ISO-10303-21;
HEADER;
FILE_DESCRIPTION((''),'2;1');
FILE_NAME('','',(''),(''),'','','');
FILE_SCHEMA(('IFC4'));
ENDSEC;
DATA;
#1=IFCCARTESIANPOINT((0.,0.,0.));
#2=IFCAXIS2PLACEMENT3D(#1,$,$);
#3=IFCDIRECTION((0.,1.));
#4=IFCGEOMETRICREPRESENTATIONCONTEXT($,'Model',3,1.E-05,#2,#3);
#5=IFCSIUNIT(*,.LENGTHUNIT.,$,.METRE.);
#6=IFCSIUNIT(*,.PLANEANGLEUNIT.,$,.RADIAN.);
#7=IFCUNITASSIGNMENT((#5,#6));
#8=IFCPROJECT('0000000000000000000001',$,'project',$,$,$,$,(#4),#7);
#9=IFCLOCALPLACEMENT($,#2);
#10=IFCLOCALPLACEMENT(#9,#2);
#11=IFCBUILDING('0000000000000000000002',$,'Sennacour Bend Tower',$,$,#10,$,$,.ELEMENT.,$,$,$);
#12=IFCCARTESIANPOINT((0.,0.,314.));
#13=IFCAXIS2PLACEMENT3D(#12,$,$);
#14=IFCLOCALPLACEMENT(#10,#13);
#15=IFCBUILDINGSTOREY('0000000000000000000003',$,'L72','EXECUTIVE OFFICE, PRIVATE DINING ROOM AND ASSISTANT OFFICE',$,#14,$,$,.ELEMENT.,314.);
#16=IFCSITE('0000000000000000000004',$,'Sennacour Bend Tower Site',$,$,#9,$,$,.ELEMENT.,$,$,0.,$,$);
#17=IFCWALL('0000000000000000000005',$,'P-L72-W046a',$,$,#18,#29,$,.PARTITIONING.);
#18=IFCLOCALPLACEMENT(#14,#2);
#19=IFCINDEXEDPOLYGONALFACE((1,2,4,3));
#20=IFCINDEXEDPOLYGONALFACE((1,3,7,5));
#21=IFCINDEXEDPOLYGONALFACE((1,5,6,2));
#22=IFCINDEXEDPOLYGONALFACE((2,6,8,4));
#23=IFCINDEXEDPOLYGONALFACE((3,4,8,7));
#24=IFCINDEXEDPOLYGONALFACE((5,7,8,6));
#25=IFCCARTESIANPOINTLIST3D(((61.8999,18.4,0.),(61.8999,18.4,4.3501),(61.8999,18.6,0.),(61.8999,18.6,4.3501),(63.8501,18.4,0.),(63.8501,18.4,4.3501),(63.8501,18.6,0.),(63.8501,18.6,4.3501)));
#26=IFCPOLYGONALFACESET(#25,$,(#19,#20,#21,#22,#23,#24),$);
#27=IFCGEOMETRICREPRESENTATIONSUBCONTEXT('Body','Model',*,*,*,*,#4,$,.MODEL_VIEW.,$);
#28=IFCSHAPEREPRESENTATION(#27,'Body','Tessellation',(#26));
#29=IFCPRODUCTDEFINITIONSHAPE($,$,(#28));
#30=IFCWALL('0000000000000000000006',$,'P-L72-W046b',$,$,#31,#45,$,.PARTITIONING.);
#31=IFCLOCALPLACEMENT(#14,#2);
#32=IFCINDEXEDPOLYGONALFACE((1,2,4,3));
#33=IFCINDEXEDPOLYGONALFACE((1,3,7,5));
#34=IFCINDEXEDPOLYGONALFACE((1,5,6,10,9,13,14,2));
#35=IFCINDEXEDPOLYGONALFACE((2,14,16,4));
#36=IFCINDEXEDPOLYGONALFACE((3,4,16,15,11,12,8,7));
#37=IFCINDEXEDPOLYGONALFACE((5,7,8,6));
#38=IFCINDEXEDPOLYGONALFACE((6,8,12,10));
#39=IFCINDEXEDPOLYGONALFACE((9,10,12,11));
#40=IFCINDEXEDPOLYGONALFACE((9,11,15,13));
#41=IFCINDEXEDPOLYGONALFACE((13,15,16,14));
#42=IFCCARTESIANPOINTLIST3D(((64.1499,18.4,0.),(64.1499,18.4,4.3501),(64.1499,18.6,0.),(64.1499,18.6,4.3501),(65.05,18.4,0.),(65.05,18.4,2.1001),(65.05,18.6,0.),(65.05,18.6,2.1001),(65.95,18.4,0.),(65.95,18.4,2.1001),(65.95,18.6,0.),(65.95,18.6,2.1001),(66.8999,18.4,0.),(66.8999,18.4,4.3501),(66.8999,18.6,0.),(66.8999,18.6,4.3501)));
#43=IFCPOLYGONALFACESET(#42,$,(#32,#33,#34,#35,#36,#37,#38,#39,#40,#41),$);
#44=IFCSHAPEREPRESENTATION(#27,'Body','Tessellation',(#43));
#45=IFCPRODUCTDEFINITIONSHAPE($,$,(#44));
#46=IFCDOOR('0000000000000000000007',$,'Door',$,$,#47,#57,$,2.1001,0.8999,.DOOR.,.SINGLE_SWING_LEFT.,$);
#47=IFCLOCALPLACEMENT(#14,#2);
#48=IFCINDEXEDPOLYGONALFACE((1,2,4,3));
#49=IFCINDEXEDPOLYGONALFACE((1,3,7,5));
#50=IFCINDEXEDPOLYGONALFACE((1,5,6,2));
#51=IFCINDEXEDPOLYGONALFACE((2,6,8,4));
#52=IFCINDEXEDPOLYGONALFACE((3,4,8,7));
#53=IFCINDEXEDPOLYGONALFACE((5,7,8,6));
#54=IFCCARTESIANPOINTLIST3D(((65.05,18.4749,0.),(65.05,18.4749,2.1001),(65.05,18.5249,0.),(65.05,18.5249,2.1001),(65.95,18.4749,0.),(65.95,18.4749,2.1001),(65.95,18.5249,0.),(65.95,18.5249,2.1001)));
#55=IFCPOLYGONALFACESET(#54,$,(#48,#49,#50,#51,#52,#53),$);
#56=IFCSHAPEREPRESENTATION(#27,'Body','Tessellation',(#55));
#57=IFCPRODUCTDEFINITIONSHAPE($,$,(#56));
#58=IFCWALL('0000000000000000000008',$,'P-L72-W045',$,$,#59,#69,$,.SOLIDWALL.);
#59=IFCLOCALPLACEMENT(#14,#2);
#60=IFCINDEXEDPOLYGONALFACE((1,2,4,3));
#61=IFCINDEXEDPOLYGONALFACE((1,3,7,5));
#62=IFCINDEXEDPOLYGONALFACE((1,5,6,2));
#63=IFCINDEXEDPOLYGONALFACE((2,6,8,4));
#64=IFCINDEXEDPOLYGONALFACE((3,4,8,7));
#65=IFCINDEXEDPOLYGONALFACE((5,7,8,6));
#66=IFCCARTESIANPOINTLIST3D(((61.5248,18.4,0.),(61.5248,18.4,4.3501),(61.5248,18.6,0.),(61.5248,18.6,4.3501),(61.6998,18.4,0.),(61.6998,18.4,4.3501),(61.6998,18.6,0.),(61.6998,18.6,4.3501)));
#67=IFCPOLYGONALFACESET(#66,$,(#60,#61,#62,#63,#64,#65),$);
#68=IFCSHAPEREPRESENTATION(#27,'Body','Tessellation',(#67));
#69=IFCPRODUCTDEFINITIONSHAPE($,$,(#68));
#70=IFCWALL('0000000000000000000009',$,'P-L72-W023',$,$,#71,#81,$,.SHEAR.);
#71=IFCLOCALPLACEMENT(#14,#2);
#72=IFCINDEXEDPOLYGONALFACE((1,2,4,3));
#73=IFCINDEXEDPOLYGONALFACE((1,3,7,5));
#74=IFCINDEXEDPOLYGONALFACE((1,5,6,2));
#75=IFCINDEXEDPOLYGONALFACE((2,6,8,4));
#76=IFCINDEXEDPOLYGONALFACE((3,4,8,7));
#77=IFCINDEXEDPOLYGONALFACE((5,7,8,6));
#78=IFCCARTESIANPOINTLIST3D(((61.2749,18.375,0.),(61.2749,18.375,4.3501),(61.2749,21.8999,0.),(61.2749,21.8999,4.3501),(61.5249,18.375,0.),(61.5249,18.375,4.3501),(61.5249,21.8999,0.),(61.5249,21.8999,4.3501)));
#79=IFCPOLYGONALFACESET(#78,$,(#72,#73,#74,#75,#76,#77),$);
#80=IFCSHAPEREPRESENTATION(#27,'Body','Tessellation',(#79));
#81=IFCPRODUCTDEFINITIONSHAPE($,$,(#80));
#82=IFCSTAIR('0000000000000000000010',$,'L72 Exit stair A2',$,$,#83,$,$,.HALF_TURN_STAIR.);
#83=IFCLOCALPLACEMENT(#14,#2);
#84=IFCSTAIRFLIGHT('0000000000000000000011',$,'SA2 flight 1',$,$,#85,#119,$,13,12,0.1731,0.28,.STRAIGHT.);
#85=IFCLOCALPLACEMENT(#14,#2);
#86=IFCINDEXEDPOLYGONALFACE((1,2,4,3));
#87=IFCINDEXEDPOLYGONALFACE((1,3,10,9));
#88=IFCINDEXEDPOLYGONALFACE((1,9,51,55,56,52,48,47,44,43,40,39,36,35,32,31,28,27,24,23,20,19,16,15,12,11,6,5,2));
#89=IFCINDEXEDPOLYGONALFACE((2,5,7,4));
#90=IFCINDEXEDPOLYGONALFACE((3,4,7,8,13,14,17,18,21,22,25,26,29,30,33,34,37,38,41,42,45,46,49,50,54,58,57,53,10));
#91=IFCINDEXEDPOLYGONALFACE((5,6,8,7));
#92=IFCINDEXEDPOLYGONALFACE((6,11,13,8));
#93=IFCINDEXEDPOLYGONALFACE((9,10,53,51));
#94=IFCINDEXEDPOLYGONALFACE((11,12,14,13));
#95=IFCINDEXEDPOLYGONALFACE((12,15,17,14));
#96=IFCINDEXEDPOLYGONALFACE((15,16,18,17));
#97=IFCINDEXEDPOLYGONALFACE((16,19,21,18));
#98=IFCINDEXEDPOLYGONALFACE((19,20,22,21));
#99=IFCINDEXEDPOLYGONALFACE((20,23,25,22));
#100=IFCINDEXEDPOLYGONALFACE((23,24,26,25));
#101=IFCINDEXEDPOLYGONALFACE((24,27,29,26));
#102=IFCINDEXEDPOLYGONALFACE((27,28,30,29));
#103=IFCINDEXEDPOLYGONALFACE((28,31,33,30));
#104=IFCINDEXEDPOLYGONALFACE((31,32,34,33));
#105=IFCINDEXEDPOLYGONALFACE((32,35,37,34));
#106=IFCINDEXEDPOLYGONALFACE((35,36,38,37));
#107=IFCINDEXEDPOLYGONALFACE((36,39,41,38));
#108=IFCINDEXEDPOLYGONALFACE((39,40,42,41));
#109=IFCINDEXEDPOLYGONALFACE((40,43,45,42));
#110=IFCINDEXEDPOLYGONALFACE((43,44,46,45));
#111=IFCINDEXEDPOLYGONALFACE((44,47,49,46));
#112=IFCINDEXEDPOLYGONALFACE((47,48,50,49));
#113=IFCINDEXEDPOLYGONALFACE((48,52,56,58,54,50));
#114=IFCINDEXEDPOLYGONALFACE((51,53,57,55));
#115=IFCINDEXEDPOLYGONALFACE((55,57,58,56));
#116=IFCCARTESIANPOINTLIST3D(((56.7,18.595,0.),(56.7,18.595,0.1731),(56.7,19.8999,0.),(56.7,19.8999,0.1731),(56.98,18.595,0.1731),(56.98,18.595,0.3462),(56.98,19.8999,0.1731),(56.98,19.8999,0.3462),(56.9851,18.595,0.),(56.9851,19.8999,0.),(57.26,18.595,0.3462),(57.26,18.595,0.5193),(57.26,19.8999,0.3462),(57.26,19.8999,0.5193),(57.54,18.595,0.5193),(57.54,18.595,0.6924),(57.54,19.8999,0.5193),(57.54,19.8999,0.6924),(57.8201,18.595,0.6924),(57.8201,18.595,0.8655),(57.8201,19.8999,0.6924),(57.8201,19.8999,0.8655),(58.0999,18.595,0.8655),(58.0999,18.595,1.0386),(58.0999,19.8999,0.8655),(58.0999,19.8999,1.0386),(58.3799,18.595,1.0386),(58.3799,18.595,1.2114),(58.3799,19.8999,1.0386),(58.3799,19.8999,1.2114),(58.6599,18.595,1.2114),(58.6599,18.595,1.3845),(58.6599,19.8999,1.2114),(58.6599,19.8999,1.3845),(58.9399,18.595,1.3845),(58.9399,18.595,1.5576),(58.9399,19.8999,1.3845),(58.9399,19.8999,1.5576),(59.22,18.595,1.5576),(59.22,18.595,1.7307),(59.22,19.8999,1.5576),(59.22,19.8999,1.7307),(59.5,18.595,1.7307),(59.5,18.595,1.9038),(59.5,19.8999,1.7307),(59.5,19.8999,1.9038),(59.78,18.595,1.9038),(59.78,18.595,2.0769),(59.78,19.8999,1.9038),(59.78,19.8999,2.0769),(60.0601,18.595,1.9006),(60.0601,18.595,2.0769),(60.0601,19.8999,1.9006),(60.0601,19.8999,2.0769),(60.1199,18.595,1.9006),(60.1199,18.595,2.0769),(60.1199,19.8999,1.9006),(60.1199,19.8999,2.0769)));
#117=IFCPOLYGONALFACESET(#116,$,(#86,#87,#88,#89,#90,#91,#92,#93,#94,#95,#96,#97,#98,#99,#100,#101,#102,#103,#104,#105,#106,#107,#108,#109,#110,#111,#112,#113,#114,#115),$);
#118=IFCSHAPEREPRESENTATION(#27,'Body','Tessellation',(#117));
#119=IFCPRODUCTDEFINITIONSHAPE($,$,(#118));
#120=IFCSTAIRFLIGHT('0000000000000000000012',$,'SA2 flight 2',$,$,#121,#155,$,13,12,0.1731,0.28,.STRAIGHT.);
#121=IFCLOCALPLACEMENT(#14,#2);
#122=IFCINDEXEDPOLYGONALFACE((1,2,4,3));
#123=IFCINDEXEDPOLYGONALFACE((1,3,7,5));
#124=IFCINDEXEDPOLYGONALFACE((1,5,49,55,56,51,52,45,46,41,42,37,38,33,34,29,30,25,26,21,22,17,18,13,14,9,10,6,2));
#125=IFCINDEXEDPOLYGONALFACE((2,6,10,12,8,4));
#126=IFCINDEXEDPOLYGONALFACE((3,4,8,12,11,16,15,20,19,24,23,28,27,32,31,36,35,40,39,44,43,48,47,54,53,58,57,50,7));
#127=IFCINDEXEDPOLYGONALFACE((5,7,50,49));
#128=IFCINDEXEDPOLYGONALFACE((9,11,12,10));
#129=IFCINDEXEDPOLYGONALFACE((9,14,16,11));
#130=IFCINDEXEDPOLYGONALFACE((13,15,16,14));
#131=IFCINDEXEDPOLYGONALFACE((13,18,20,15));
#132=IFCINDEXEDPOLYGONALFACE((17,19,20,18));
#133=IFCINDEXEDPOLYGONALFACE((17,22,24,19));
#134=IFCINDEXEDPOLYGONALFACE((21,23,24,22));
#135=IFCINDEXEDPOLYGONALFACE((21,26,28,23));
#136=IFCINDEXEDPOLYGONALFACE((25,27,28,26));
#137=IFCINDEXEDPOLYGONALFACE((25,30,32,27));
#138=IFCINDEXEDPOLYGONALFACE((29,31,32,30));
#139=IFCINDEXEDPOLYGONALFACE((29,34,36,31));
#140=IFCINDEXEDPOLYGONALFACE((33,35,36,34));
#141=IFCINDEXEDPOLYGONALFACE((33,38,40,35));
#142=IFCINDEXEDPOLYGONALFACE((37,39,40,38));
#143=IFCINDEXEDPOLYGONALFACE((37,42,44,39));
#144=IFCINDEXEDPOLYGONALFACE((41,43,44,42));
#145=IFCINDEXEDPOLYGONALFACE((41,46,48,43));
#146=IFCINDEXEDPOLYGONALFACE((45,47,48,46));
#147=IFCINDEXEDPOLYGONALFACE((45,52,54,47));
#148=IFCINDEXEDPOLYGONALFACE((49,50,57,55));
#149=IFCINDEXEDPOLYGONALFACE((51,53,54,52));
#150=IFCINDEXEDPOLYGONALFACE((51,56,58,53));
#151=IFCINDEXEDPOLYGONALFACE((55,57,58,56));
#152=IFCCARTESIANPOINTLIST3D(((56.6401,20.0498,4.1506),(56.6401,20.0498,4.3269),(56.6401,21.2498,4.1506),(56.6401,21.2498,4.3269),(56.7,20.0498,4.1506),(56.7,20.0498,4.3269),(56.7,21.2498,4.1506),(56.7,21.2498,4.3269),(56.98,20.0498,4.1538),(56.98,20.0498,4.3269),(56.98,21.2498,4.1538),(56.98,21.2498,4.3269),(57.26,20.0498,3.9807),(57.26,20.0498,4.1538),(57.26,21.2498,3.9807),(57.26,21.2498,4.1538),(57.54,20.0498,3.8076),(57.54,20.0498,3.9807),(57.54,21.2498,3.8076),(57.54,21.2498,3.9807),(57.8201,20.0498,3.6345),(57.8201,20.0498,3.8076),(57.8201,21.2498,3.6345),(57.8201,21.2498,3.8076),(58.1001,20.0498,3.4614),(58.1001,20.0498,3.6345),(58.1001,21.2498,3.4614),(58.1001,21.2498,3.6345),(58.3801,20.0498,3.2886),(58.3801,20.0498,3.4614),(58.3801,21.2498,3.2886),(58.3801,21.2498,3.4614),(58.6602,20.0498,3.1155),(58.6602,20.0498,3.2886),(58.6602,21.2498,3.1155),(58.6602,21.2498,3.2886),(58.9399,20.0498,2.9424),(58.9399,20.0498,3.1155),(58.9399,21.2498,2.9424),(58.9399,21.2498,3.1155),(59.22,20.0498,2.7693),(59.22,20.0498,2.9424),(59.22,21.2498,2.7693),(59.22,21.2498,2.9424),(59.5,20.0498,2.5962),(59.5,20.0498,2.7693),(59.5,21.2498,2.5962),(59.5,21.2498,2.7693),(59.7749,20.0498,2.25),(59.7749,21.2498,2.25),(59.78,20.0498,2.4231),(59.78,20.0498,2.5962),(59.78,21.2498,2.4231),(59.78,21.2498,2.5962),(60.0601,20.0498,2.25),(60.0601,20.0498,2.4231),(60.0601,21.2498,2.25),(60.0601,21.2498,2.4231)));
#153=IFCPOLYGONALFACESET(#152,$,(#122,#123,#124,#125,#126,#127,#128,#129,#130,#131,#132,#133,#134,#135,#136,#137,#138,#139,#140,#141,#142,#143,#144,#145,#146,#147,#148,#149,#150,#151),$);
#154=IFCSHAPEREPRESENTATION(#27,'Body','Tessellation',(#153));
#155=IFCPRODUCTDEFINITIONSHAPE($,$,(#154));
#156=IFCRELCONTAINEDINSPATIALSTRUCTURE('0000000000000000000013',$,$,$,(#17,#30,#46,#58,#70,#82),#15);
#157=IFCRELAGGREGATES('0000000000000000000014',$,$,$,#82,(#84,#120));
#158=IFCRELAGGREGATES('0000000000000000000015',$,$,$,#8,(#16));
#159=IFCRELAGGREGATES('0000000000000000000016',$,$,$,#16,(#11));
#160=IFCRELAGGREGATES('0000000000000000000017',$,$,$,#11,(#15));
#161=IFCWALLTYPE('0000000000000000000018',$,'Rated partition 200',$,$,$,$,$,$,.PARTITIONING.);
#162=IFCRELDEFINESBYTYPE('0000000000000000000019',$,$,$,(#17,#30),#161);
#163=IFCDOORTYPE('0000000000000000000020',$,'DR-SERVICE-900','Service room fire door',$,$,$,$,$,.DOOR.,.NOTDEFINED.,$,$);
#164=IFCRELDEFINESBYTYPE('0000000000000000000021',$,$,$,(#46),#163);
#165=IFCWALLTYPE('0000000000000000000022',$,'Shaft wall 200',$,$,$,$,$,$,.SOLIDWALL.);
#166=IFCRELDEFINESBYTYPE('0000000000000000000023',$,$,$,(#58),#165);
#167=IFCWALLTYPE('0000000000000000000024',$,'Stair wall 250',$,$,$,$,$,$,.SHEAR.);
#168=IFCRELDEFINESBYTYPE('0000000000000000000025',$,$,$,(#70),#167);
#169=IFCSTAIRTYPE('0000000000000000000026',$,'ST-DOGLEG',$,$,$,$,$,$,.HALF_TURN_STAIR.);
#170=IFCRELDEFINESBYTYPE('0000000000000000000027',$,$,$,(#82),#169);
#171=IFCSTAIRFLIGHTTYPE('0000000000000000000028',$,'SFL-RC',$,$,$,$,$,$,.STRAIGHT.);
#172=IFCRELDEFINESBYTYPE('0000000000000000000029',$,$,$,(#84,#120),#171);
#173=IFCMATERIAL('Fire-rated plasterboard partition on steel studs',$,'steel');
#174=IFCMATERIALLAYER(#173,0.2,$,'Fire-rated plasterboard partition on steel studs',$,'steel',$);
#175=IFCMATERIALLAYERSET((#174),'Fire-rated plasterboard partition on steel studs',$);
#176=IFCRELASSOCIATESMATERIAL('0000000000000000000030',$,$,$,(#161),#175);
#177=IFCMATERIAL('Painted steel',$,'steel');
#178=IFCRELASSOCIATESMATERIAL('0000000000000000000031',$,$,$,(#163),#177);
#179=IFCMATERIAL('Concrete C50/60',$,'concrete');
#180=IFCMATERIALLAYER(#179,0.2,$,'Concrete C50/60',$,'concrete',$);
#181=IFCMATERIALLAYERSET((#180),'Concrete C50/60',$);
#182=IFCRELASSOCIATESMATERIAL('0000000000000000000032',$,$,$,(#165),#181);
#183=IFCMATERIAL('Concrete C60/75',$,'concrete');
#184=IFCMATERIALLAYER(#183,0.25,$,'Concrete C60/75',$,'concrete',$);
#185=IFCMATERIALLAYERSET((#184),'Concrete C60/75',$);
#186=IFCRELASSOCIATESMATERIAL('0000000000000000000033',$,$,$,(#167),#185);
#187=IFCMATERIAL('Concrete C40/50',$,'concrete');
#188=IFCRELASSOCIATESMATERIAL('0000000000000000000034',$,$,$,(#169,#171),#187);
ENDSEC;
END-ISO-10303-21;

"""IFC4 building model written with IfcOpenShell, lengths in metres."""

from ifc_helpers import new_model, si_unit, direction, frame, frame_2d, origin, place, context, subcontext, project, spatial, polyline, rectangle, outline, extrude, material, layer, layer_set, type_object, element, fill, aggregate, save


model = new_model("IFC4")

# Units and contexts
model_context = context("Model", 3, precision=1e-05, world=origin(), true_north=direction((0.0, 1.0)))
body_context = subcontext(model_context, "Body", "Model", "MODEL_VIEW")
ifc_project = project(units=[si_unit("LENGTHUNIT", "METRE"), si_unit("PLANEANGLEUNIT", "RADIAN")], contexts=[model_context])

# Site, building, storey
site_placement = place(None, origin())
site = spatial("IfcSite", under=ifc_project, at=site_placement, Name="Sennacour Bend Tower Site", CompositionType="ELEMENT", RefElevation=0.0)
building_placement = place(site_placement, origin())
building = spatial("IfcBuilding", under=site, at=building_placement, Name="Sennacour Bend Tower", CompositionType="ELEMENT")
storey_placement = place(building_placement, frame((0.0, 0.0, 314.0)))
storey = spatial("IfcBuildingStorey", under=building, at=storey_placement, Name="L72", Description="EXECUTIVE OFFICE, PRIVATE DINING ROOM AND ASSISTANT OFFICE", CompositionType="ELEMENT", Elevation=314.0)

# Wall
ifc_material_1 = material(Name="Fire-rated plasterboard partition on steel studs", Category="steel")
ifc_layer_1 = layer(ifc_material_1, 0.2, Name="Fire-rated plasterboard partition on steel studs", Category="steel")
ifc_layer_set_1 = layer_set([ifc_layer_1], Name="Fire-rated plasterboard partition on steel studs")
wall_type_1 = type_object("IfcWallType", Name="Rated partition 200", PredefinedType="PARTITIONING", material=ifc_layer_set_1)
wall_1_placement = place(storey_placement, frame((61.8999, 18.5, 0.0), z_axis=(0.0, 0.0, 1.0), x_axis=(1.0, 0.0, 0.0)))
element("IfcWall", 1, at=wall_1_placement, inside=storey, type_object=wall_type_1, Name="P-L72-W046a", PredefinedType="PARTITIONING", context=body_context, shape_type="SweptSolid", body=[
    extrude(rectangle(XDim=1.9502, YDim=0.2, at=frame_2d((0.9751, 0.0))), origin(), (0.0, 0.0, 1.0), 4.3501),
])

# Wall, opening, door
wall_2_placement = place(storey_placement, frame((64.1499, 18.5, 0.0), z_axis=(0.0, 0.0, 1.0), x_axis=(1.0, 0.0, 0.0)))
wall_2 = element("IfcWall", 2, at=wall_2_placement, inside=storey, type_object=wall_type_1, Name="P-L72-W046b", PredefinedType="PARTITIONING", context=body_context, shape_type="SweptSolid", body=[
    extrude(rectangle(XDim=2.75, YDim=0.2, at=frame_2d((1.375, 0.0))), origin(), (0.0, 0.0, 1.0), 4.3501),
])
opening_placement = place(wall_2_placement, frame((0.9001, 0.0, 0.0)))
opening = element("IfcOpeningElement", 3, at=opening_placement, cuts=wall_2, PredefinedType="OPENING", context=body_context, shape_type="SweptSolid", body=[
    extrude(rectangle(XDim=0.8999, YDim=2.1001, at=frame_2d((0.45, 1.05))), frame((0.0, 0.1099, 0.0), z_axis=(0.0, -1.0, 0.0), x_axis=(1.0, 0.0, 0.0)), (0.0, 0.0, 1.0), 0.22),
])
ifc_material_2 = material(Name="Painted steel", Category="steel")
door_type = type_object("IfcDoorType", Name="DR-SERVICE-900", Description="Service room fire door", OperationType="NOTDEFINED", PredefinedType="DOOR", material=ifc_material_2)
door_placement = place(opening_placement, origin())
door = element("IfcDoor", 4, at=door_placement, inside=storey, type_object=door_type, Name="Door", OperationType="SINGLE_SWING_LEFT", OverallHeight=2.1001, OverallWidth=0.8999, PredefinedType="DOOR", context=body_context, shape_type="SweptSolid", body=[
    extrude(rectangle(XDim=0.8999, YDim=2.1001, at=frame_2d((0.45, 1.05))), frame((0.0, 0.0249, 0.0), z_axis=(0.0, -1.0, 0.0), x_axis=(1.0, 0.0, 0.0)), (0.0, 0.0, 1.0), 0.05),
])
fill(opening, door)

# Walls
ifc_material_3 = material(Name="Concrete C50/60", Category="concrete")
ifc_layer_2 = layer(ifc_material_3, 0.2, Name="Concrete C50/60", Category="concrete")
ifc_layer_set_2 = layer_set([ifc_layer_2], Name="Concrete C50/60")
wall_type_2 = type_object("IfcWallType", Name="Shaft wall 200", PredefinedType="SOLIDWALL", material=ifc_layer_set_2)
wall_3_placement = place(storey_placement, frame((61.5249, 18.5, 0.0), z_axis=(0.0, 0.0, 1.0), x_axis=(1.0, 0.0, 0.0)))
element("IfcWall", 5, at=wall_3_placement, inside=storey, type_object=wall_type_2, Name="P-L72-W045", PredefinedType="SOLIDWALL", context=body_context, shape_type="SweptSolid", body=[
    extrude(rectangle(XDim=0.175, YDim=0.2, at=frame_2d((0.0874, 0.0))), origin(), (0.0, 0.0, 1.0), 4.3501),
])
ifc_material_4 = material(Name="Concrete C60/75", Category="concrete")
ifc_layer_3 = layer(ifc_material_4, 0.25, Name="Concrete C60/75", Category="concrete")
ifc_layer_set_3 = layer_set([ifc_layer_3], Name="Concrete C60/75")
wall_type_3 = type_object("IfcWallType", Name="Stair wall 250", PredefinedType="SHEAR", material=ifc_layer_set_3)
wall_4_placement = place(storey_placement, frame((61.3999, 18.375, 0.0), z_axis=(0.0, 0.0, 1.0), x_axis=(0.0, 1.0, 0.0)))
element("IfcWall", 6, at=wall_4_placement, inside=storey, type_object=wall_type_3, Name="P-L72-W023", PredefinedType="SHEAR", context=body_context, shape_type="SweptSolid", body=[
    extrude(rectangle(XDim=3.5249, YDim=0.25, at=frame_2d((1.7625, 0.0))), origin(), (0.0, 0.0, 1.0), 4.3501),
])

# Stair, stair flights
ifc_material_5 = material(Name="Concrete C40/50", Category="concrete")
stair_type = type_object("IfcStairType", Name="ST-DOGLEG", PredefinedType="HALF_TURN_STAIR", material=ifc_material_5)
stair_placement = place(storey_placement, origin())
stair = element("IfcStair", 7, at=stair_placement, inside=storey, type_object=stair_type, Name="L72 Exit stair A2", PredefinedType="HALF_TURN_STAIR")
stair_flight_type = type_object("IfcStairFlightType", Name="SFL-RC", PredefinedType="STRAIGHT", material=ifc_material_5)
stair_flight_1_placement = place(storey_placement, frame((56.7, 19.2476, 0.0), z_axis=(0.0, 0.0, 1.0), x_axis=(1.0, 0.0, 0.0)))
stair_flight_1 = element("IfcStairFlight", 8, at=stair_flight_1_placement, type_object=stair_flight_type, Name="SA2 flight 1", NumberOfRisers=13, NumberOfTreads=12, PredefinedType="STRAIGHT", RiserHeight=0.1731, TreadLength=0.28, context=body_context, shape_type="SweptSolid", body=[
    extrude(outline(polyline([(0.0, 0.0), (0.0, 0.1731), (0.28, 0.1731), (0.28, 0.3462), (0.5601, 0.3462), (0.5601, 0.5193), (0.8401, 0.5193), (0.8401, 0.6924), (1.1201, 0.6924), (1.1201, 0.8655), (1.3999, 0.8655), (1.3999, 1.0386), (1.6799, 1.0386), (1.6799, 1.2114), (1.96, 1.2114), (1.96, 1.3845), (2.24, 1.3845), (2.24, 1.5576), (2.52, 1.5576), (2.52, 1.7307), (2.8, 1.7307), (2.8, 1.9038), (3.0801, 1.9038), (3.0801, 2.0769), (3.3601, 2.0769), (3.4199, 2.0769), (3.4199, 1.9006), (3.3601, 1.9006), (0.2852, 0.0), (0.0, 0.0)])), frame((0.0, 0.6523, 0.0), z_axis=(0.0, -1.0, 0.0), x_axis=(1.0, 0.0, 0.0)), (0.0, 0.0, 1.0), 1.3049),
])
stair_flight_2_placement = place(storey_placement, frame((60.0601, 20.6499, 2.25), z_axis=(0.0, 0.0, 1.0), x_axis=(-1.0, 0.0, 0.0)))
stair_flight_2 = element("IfcStairFlight", 9, at=stair_flight_2_placement, type_object=stair_flight_type, Name="SA2 flight 2", NumberOfRisers=13, NumberOfTreads=12, PredefinedType="STRAIGHT", RiserHeight=0.1731, TreadLength=0.28, context=body_context, shape_type="SweptSolid", body=[
    extrude(outline(polyline([(0.0, 0.0), (0.0, 0.1731), (0.28, 0.1731), (0.28, 0.3462), (0.5601, 0.3462), (0.5601, 0.5193), (0.8401, 0.5193), (0.8401, 0.6924), (1.1201, 0.6924), (1.1201, 0.8655), (1.3999, 0.8655), (1.3999, 1.0386), (1.6799, 1.0386), (1.6799, 1.2114), (1.96, 1.2114), (1.96, 1.3845), (2.24, 1.3845), (2.24, 1.5576), (2.52, 1.5576), (2.52, 1.7307), (2.8, 1.7307), (2.8, 1.9038), (3.0801, 1.9038), (3.0801, 2.0769), (3.3601, 2.0769), (3.4199, 2.0769), (3.4199, 1.9006), (3.3601, 1.9006), (0.2852, 0.0), (0.0, 0.0)])), frame((0.0, 0.6001, 0.0), z_axis=(0.0, -1.0, 0.0), x_axis=(1.0, 0.0, 0.0)), (0.0, 0.0, 1.0), 1.2),
])
aggregate(stair, [stair_flight_1, stair_flight_2])

save(model, "model.ifc")
